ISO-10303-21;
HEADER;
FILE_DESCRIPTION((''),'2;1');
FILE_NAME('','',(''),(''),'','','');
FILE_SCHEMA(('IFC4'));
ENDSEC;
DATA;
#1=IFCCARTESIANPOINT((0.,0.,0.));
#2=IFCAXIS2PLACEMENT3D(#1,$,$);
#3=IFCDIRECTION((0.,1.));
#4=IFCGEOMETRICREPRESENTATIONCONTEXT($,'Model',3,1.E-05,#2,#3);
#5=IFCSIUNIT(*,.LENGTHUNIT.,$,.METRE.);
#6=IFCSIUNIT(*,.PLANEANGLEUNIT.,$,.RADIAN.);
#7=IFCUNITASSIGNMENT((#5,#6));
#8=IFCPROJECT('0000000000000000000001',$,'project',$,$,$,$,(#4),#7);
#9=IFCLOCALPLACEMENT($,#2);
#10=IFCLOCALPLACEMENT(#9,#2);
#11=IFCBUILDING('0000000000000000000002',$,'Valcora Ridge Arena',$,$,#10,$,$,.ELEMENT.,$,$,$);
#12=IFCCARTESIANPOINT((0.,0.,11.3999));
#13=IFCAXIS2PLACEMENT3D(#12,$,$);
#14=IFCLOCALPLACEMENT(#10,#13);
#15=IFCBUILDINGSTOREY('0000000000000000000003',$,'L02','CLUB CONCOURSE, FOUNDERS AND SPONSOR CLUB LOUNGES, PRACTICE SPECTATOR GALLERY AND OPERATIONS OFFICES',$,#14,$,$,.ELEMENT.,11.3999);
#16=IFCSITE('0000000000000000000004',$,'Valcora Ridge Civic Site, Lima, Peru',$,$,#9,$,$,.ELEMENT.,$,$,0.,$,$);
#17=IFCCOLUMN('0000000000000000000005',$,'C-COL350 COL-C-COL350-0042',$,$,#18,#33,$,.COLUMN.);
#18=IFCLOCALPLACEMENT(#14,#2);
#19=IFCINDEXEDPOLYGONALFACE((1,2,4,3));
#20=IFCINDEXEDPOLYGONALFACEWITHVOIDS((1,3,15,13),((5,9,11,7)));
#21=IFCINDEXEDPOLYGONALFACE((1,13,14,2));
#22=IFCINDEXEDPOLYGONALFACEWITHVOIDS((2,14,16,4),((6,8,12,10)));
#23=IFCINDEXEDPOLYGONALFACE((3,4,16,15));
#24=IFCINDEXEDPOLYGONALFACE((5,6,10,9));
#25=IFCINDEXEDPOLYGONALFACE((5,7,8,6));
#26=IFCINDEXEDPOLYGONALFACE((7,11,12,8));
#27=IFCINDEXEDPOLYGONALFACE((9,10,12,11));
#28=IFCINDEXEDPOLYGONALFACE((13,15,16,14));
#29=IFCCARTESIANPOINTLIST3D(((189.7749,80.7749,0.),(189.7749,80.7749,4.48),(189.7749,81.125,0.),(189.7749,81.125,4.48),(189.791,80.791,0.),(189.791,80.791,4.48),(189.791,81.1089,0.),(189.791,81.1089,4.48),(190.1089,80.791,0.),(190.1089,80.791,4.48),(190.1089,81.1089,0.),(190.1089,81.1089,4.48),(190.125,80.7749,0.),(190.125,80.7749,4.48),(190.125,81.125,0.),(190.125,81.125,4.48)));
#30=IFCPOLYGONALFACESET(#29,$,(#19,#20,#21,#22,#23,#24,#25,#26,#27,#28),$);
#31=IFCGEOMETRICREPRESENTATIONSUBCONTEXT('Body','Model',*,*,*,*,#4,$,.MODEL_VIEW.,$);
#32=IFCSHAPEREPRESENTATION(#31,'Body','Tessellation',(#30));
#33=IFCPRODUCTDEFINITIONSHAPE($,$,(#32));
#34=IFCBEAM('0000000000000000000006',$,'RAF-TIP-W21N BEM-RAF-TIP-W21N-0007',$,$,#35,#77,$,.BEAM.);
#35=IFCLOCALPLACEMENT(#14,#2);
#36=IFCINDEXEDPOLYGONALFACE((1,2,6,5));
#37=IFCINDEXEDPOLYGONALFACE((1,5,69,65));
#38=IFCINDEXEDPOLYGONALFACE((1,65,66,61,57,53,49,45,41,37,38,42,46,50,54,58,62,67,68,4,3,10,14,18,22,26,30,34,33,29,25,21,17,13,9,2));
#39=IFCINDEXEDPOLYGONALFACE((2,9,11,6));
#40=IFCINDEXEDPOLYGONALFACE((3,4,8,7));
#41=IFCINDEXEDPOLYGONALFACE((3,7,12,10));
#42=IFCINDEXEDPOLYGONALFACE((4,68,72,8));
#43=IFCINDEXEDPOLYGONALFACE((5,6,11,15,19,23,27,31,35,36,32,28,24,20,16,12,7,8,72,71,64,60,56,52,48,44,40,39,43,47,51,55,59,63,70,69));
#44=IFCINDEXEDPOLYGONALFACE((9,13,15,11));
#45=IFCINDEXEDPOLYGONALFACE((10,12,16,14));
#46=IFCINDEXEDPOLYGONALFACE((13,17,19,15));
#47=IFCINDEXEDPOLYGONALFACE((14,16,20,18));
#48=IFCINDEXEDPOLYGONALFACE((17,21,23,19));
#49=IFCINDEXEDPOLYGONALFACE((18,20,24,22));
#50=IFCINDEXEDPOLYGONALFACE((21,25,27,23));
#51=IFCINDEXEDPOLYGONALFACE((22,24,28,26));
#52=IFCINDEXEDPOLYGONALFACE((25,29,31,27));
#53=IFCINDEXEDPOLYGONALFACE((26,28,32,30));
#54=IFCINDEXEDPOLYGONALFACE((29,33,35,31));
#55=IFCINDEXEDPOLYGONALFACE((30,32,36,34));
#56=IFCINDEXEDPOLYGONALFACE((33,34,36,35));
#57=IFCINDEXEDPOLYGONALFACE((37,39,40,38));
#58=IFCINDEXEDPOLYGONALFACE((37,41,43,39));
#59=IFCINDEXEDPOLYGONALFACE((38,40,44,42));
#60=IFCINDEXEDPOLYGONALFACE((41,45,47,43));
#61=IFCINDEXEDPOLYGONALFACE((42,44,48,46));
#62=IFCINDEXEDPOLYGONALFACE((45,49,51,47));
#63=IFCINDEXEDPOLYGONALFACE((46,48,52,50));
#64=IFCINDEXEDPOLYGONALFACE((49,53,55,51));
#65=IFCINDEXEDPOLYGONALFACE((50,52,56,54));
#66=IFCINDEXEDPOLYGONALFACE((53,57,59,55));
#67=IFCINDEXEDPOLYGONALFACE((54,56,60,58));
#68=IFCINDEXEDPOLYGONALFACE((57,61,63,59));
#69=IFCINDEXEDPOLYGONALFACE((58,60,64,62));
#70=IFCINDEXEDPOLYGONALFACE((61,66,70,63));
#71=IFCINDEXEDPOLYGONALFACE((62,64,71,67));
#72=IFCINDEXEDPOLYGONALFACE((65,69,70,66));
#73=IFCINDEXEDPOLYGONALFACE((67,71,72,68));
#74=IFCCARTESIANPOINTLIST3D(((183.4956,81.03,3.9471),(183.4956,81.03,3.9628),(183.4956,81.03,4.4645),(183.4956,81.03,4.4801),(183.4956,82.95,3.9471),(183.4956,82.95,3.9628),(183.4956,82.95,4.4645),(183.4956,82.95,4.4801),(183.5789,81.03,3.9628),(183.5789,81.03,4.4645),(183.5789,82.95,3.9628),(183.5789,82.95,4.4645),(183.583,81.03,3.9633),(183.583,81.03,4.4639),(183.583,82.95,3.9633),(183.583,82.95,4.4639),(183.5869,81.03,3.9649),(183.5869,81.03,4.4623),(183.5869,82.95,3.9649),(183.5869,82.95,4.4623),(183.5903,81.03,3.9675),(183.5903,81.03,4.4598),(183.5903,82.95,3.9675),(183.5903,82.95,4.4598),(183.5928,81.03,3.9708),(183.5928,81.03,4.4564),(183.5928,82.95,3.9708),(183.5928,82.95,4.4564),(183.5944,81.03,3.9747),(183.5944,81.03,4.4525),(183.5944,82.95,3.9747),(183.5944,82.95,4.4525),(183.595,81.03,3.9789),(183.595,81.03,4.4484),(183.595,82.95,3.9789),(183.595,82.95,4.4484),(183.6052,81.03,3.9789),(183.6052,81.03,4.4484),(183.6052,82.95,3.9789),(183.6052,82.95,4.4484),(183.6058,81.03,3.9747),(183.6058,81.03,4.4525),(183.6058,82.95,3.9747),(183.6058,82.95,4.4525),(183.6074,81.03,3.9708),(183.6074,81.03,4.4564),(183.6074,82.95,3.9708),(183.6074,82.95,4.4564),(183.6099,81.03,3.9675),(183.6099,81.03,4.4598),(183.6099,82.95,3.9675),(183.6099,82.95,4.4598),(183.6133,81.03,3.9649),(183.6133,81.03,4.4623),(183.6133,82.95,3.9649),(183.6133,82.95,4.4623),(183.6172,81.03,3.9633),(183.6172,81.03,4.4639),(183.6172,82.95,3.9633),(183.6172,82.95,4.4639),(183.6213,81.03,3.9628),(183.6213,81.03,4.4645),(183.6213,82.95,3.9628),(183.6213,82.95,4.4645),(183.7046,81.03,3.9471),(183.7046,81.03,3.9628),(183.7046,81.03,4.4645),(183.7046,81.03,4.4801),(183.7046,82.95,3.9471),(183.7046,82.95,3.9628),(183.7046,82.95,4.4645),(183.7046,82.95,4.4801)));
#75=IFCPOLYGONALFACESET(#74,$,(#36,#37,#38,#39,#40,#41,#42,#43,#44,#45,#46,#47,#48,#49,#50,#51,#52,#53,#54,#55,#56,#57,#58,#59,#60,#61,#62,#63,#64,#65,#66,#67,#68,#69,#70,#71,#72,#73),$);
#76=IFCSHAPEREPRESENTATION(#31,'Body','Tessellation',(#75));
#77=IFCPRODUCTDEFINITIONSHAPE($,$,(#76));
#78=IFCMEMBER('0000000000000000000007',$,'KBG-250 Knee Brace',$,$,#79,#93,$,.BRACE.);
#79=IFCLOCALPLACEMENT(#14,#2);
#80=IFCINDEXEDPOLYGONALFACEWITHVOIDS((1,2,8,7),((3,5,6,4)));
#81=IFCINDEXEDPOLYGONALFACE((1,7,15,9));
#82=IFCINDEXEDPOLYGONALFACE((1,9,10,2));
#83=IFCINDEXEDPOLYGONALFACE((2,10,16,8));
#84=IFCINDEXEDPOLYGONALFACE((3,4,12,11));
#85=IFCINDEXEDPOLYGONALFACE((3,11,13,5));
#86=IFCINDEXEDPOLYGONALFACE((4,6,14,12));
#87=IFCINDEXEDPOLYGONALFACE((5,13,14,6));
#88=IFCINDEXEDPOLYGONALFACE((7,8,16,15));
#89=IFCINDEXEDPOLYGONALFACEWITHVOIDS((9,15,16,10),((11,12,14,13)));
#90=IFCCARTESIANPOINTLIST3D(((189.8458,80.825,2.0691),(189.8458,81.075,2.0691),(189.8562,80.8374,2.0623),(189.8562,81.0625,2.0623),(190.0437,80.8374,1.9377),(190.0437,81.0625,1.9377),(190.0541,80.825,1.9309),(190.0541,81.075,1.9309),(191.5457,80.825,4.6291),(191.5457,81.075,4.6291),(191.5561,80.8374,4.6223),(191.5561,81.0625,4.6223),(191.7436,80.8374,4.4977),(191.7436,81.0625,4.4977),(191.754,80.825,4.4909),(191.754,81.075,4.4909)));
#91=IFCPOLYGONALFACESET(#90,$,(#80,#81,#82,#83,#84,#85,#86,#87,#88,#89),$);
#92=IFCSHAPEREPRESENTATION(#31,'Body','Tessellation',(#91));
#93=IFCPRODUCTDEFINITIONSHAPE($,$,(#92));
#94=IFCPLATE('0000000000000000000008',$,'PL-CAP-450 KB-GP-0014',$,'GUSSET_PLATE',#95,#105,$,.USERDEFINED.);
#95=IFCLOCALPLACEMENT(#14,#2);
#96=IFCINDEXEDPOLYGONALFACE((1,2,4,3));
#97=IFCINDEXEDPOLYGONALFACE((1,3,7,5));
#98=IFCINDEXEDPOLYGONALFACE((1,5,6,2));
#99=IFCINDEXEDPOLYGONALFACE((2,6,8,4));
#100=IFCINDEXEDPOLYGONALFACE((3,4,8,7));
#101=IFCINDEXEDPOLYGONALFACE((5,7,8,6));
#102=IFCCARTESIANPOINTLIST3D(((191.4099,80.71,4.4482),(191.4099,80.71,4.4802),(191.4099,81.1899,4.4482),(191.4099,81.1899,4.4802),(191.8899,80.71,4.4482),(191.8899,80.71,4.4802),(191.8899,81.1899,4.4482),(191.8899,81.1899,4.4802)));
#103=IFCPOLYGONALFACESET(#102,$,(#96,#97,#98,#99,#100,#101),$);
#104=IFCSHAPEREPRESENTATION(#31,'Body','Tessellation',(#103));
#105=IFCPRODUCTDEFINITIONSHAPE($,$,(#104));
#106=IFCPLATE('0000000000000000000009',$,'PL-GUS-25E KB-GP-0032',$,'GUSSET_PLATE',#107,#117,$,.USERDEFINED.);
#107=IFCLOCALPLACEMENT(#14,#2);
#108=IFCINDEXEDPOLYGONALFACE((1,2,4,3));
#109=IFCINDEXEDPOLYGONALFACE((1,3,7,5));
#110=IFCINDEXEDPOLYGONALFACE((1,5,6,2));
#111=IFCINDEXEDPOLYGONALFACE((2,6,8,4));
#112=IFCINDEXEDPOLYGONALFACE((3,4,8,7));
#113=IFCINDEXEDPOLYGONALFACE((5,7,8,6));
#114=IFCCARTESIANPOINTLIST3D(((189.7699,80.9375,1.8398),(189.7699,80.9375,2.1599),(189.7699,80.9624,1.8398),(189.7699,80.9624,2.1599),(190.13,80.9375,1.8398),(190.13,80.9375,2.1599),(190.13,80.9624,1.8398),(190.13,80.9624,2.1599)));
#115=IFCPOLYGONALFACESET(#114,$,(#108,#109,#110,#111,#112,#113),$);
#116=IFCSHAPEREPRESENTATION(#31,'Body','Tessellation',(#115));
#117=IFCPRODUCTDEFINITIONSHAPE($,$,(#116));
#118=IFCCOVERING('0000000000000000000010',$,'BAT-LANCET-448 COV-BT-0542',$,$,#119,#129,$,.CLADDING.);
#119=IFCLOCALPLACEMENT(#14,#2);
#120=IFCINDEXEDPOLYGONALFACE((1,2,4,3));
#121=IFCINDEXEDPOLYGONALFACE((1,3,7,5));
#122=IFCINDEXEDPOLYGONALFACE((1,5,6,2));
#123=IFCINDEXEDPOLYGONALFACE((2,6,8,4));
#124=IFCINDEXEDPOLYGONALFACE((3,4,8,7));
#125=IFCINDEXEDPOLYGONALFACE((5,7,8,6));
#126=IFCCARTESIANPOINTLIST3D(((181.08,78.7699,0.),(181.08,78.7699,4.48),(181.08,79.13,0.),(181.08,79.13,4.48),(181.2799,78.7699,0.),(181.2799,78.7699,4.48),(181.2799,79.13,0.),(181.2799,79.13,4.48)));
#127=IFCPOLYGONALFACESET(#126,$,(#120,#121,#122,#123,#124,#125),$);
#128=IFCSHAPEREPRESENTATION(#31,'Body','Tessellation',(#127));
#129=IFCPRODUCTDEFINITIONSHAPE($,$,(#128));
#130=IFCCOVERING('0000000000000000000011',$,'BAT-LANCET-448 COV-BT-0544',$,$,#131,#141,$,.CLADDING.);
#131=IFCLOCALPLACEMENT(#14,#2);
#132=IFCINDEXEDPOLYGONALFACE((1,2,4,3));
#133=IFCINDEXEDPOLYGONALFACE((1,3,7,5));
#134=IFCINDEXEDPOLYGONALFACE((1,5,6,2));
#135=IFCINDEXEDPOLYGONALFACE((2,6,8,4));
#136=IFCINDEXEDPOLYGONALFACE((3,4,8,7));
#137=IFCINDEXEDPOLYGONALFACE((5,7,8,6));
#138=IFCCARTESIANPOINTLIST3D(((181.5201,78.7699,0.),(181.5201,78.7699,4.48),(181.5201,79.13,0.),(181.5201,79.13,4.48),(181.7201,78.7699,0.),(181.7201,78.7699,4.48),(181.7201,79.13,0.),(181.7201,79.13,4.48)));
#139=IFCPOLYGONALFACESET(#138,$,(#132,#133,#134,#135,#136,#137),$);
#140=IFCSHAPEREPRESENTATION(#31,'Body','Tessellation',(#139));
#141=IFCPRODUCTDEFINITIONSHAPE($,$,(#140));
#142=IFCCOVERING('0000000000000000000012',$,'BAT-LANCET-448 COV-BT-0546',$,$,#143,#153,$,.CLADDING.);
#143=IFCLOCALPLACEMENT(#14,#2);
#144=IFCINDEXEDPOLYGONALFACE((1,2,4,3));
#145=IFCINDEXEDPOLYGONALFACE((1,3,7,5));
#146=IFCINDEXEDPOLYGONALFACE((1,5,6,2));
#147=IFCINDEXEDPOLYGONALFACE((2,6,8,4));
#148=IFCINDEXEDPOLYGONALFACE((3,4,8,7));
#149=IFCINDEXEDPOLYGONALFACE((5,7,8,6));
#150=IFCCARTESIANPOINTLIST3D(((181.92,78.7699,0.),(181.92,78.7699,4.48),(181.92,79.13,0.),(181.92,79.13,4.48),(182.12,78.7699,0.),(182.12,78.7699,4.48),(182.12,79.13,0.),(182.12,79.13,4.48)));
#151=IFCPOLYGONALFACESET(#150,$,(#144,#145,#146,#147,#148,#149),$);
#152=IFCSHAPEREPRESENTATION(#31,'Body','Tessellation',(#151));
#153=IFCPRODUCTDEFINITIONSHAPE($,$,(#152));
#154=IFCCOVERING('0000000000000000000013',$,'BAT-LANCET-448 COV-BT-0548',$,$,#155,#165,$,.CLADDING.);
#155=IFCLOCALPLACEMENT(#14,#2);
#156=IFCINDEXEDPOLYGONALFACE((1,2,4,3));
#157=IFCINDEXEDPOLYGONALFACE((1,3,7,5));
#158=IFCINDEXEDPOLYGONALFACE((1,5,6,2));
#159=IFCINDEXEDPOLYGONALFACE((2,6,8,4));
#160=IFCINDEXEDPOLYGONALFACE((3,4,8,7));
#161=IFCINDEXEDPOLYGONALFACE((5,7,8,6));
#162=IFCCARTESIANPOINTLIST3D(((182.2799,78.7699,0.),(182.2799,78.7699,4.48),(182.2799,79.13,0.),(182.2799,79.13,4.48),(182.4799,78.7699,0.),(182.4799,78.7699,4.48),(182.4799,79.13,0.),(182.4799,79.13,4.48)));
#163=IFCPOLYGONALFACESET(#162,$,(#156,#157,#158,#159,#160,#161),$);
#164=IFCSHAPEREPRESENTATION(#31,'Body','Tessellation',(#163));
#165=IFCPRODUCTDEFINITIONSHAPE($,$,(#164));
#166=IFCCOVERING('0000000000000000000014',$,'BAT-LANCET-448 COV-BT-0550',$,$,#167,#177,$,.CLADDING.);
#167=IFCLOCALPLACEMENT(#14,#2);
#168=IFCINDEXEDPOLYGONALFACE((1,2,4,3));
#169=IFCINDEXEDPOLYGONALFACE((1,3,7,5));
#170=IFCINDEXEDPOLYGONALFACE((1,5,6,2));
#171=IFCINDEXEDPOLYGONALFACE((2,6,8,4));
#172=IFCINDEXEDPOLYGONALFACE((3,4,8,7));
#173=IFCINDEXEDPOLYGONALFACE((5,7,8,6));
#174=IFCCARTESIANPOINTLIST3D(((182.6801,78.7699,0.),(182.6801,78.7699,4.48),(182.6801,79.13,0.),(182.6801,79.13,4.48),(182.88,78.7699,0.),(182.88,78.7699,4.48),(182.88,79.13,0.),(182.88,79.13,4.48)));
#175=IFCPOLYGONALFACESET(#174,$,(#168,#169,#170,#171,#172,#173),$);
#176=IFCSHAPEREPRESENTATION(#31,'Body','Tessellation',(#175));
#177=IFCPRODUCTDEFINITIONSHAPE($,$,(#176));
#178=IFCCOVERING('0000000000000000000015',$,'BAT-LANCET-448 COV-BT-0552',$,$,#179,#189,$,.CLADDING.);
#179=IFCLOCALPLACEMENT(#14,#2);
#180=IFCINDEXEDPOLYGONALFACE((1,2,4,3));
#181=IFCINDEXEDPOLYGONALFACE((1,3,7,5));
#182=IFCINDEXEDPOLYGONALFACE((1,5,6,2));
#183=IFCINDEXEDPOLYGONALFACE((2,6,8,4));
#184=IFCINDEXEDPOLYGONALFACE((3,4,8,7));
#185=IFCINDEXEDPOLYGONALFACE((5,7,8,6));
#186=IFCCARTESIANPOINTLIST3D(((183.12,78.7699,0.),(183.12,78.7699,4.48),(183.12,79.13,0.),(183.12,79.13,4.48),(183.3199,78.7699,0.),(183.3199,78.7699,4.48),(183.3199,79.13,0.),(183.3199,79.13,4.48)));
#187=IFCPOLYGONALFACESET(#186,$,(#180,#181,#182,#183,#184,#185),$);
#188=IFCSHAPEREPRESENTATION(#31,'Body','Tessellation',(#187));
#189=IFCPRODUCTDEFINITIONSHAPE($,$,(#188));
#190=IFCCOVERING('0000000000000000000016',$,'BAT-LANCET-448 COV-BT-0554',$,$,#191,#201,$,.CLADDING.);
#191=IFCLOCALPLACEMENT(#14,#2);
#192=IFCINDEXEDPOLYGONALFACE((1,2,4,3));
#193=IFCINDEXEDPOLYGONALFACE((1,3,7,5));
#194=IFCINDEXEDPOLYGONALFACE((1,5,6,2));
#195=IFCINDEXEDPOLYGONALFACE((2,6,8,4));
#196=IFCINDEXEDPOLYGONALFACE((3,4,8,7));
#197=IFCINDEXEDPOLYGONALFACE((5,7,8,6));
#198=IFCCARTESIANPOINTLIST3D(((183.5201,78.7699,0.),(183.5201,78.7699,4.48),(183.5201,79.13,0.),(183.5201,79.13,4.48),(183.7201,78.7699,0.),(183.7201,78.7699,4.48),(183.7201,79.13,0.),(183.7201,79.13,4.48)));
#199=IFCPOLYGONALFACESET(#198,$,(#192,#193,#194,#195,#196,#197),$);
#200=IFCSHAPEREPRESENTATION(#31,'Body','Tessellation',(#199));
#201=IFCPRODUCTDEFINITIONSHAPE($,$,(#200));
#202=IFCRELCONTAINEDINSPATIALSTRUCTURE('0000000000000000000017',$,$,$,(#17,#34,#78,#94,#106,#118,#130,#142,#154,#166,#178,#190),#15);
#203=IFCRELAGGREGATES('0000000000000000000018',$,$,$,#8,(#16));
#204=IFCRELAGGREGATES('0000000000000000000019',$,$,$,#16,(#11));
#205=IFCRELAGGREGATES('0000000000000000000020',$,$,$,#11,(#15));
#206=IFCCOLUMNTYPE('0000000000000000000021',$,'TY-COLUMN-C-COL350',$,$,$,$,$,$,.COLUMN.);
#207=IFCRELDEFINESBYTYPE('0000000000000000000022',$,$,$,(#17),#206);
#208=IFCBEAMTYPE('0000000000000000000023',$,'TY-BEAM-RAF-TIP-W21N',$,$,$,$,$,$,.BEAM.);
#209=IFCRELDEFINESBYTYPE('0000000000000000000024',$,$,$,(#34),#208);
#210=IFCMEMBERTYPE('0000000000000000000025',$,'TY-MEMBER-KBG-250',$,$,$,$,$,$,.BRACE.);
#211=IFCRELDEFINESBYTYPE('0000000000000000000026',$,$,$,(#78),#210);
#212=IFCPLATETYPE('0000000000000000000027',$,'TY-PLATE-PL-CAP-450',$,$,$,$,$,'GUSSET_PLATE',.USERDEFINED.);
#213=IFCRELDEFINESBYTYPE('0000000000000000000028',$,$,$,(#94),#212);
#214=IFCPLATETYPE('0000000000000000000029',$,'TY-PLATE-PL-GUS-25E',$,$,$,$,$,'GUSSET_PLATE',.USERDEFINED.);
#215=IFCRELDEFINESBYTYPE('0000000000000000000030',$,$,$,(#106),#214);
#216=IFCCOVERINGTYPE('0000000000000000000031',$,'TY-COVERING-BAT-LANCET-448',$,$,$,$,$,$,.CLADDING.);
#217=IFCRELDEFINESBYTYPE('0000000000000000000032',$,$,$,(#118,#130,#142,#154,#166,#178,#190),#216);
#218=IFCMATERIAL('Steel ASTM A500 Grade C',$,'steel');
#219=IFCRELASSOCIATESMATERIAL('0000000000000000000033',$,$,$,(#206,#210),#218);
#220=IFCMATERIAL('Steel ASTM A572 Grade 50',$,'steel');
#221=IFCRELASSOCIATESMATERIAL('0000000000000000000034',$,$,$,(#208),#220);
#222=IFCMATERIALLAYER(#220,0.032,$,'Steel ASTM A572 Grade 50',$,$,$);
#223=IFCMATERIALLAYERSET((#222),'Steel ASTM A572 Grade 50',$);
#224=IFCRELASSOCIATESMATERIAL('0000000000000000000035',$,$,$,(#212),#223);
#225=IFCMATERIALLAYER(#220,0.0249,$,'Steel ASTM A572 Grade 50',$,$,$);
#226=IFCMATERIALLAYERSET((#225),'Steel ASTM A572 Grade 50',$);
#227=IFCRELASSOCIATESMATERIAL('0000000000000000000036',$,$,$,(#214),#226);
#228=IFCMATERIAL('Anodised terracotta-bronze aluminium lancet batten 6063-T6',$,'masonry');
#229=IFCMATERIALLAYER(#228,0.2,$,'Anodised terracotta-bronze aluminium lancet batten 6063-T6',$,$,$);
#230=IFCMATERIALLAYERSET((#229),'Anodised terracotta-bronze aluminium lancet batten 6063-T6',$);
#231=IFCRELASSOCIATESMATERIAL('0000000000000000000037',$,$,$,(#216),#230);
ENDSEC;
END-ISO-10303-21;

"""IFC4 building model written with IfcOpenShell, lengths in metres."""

from ifc_helpers import new_model, si_unit, direction, frame, origin, origin_2d, place, context, subcontext, project, spatial, rectangle, hollow_rectangle, i_section, extrude, material, layer, layer_set, material_profile, profile_set, type_object, element, save


model = new_model("IFC4")

# Units and contexts
model_context = context("Model", 3, precision=1e-05, world=origin(), true_north=direction((0.0, 1.0)))
body_context = subcontext(model_context, "Body", "Model", "MODEL_VIEW")
ifc_project = project(units=[si_unit("LENGTHUNIT", "METRE"), si_unit("PLANEANGLEUNIT", "RADIAN")], contexts=[model_context])

# Site, building, storey
site_placement = place(None, origin())
site = spatial("IfcSite", under=ifc_project, at=site_placement, Name="Valcora Ridge Civic Site, Lima, Peru", CompositionType="ELEMENT", RefElevation=0.0)
building_placement = place(site_placement, origin())
building = spatial("IfcBuilding", under=site, at=building_placement, Name="Valcora Ridge Arena", CompositionType="ELEMENT")
storey_placement = place(building_placement, frame((0.0, 0.0, 11.3999)))
storey = spatial("IfcBuildingStorey", under=building, at=storey_placement, Name="L02", Description="CLUB CONCOURSE, FOUNDERS AND SPONSOR CLUB LOUNGES, PRACTICE SPECTATOR GALLERY AND OPERATIONS OFFICES", CompositionType="ELEMENT", Elevation=11.3999)

# Column
ifc_material_1 = material(Name="Steel ASTM A500 Grade C", Category="steel")
ifc_material_profile_1 = material_profile(ifc_material_1, hollow_rectangle(XDim=0.3501, YDim=0.3501, WallThickness=0.0161, at=origin_2d()), Name="HSS350X350X16")
ifc_profile_set_1 = profile_set([ifc_material_profile_1], Name="Steel ASTM A500 Grade C")
column_type = type_object("IfcColumnType", Name="TY-COLUMN-C-COL350", PredefinedType="COLUMN", material=ifc_profile_set_1)
column_placement = place(storey_placement, frame((189.95, 80.95, 0.0), z_axis=(0.0, 0.0, 1.0), x_axis=(1.0, 0.0, 0.0)))
element("IfcColumn", 1, at=column_placement, inside=storey, type_object=column_type, Name="C-COL350 COL-C-COL350-0042", PredefinedType="COLUMN", context=body_context, shape_type="SweptSolid", body=[
    extrude(hollow_rectangle(XDim=0.3501, YDim=0.3501, WallThickness=0.0161, at=origin_2d()), origin(), (0.0, 0.0, 1.0), 4.48),
])

# Beam
ifc_material_2 = material(Name="Steel ASTM A572 Grade 50", Category="steel")
ifc_material_profile_2 = material_profile(ifc_material_2, i_section(OverallWidth=0.209, OverallDepth=0.533, WebThickness=0.0103, FlangeThickness=0.0156, FilletRadius=0.0161, at=origin_2d()), Name="W21X62")
ifc_profile_set_2 = profile_set([ifc_material_profile_2], Name="Steel ASTM A572 Grade 50")
beam_type = type_object("IfcBeamType", Name="TY-BEAM-RAF-TIP-W21N", PredefinedType="BEAM", material=ifc_profile_set_2)
beam_placement = place(storey_placement, frame((183.6001, 81.03, 4.2136), z_axis=(0.0, 1.0, 0.0), x_axis=(-1.0, 0.0, 0.0)))
element("IfcBeam", 2, at=beam_placement, inside=storey, type_object=beam_type, Name="RAF-TIP-W21N BEM-RAF-TIP-W21N-0007", PredefinedType="BEAM", context=body_context, shape_type="SweptSolid", body=[
    extrude(i_section(OverallWidth=0.209, OverallDepth=0.533, WebThickness=0.0103, FlangeThickness=0.0156, FilletRadius=0.0161, at=origin_2d()), origin(), (0.0, 0.0, 1.0), 1.9199),
])

# Member
ifc_material_profile_3 = material_profile(ifc_material_1, hollow_rectangle(XDim=0.25, YDim=0.25, WallThickness=0.0125, at=origin_2d()), Name="HSS250X250X12")
ifc_profile_set_3 = profile_set([ifc_material_profile_3], Name="Steel ASTM A500 Grade C")
member_type = type_object("IfcMemberType", Name="TY-MEMBER-KBG-250", PredefinedType="BRACE", material=ifc_profile_set_3)
member_placement = place(storey_placement, frame((189.95, 80.95, 2.0), z_axis=(0.553178, 0.0, 0.833063), x_axis=(0.0, 1.0, 0.0)))
element("IfcMember", 3, at=member_placement, inside=storey, type_object=member_type, Name="KBG-250 Knee Brace", PredefinedType="BRACE", context=body_context, shape_type="SweptSolid", body=[
    extrude(hollow_rectangle(XDim=0.25, YDim=0.25, WallThickness=0.0125, at=origin_2d()), origin(), (0.0, 0.0, 1.0), 3.073),
])

# Plates
ifc_layer_1 = layer(ifc_material_2, 0.032, Name="Steel ASTM A572 Grade 50")
ifc_layer_set_1 = layer_set([ifc_layer_1], Name="Steel ASTM A572 Grade 50")
plate_type_1 = type_object("IfcPlateType", Name="TY-PLATE-PL-CAP-450", ElementType="GUSSET_PLATE", PredefinedType="USERDEFINED", material=ifc_layer_set_1)
plate_1_placement = place(storey_placement, frame((191.6499, 80.95, 4.4482), z_axis=(0.0, 0.0, 1.0), x_axis=(1.0, 0.0, 0.0)))
element("IfcPlate", 4, at=plate_1_placement, inside=storey, type_object=plate_type_1, Name="PL-CAP-450 KB-GP-0014", ObjectType="GUSSET_PLATE", PredefinedType="USERDEFINED", context=body_context, shape_type="SweptSolid", body=[
    extrude(rectangle(XDim=0.48, YDim=0.48, at=origin_2d()), origin(), (0.0, 0.0, 1.0), 0.032),
])
ifc_layer_2 = layer(ifc_material_2, 0.0249, Name="Steel ASTM A572 Grade 50")
ifc_layer_set_2 = layer_set([ifc_layer_2], Name="Steel ASTM A572 Grade 50")
plate_type_2 = type_object("IfcPlateType", Name="TY-PLATE-PL-GUS-25E", ElementType="GUSSET_PLATE", PredefinedType="USERDEFINED", material=ifc_layer_set_2)
plate_2_placement = place(storey_placement, frame((189.95, 80.95, 1.8398), z_axis=(0.0, 0.0, 1.0), x_axis=(1.0, 0.0, 0.0)))
element("IfcPlate", 5, at=plate_2_placement, inside=storey, type_object=plate_type_2, Name="PL-GUS-25E KB-GP-0032", ObjectType="GUSSET_PLATE", PredefinedType="USERDEFINED", context=body_context, shape_type="SweptSolid", body=[
    extrude(rectangle(XDim=0.3601, YDim=0.0249, at=origin_2d()), origin(), (0.0, 0.0, 1.0), 0.3201),
])

# Coverings
ifc_material_3 = material(Name="Anodised terracotta-bronze aluminium lancet batten 6063-T6", Category="masonry")
ifc_layer_3 = layer(ifc_material_3, 0.2, Name="Anodised terracotta-bronze aluminium lancet batten 6063-T6")
ifc_layer_set_3 = layer_set([ifc_layer_3], Name="Anodised terracotta-bronze aluminium lancet batten 6063-T6")
covering_type = type_object("IfcCoveringType", Name="TY-COVERING-BAT-LANCET-448", PredefinedType="CLADDING", material=ifc_layer_set_3)
for number, where, z_axis, x_axis, name in (
    (6, (181.1799, 78.95, 0.0), (0.0, 0.0, 1.0), (1.0, 0.0, 0.0), "BAT-LANCET-448 COV-BT-0542"),
    (7, (181.6201, 78.95, 0.0), (0.0, 0.0, 1.0), (1.0, 0.0, 0.0), "BAT-LANCET-448 COV-BT-0544"),
    (8, (182.02, 78.95, 0.0), (0.0, 0.0, 1.0), (1.0, 0.0, 0.0), "BAT-LANCET-448 COV-BT-0546"),
    (9, (182.3799, 78.95, 0.0), (0.0, 0.0, 1.0), (1.0, 0.0, 0.0), "BAT-LANCET-448 COV-BT-0548"),
    (10, (182.78, 78.95, 0.0), (0.0, 0.0, 1.0), (1.0, 0.0, 0.0), "BAT-LANCET-448 COV-BT-0550"),
    (11, (183.22, 78.95, 0.0), (0.0, 0.0, 1.0), (1.0, 0.0, 0.0), "BAT-LANCET-448 COV-BT-0552"),
    (12, (183.6201, 78.95, 0.0), (0.0, 0.0, 1.0), (1.0, 0.0, 0.0), "BAT-LANCET-448 COV-BT-0554"),
):
    element("IfcCovering", number, at=place(storey_placement, frame(where, z_axis=z_axis, x_axis=x_axis)), inside=storey, type_object=covering_type, Name=name, PredefinedType="CLADDING", context=body_context, shape_type="SweptSolid", body=[
        extrude(rectangle(XDim=0.2, YDim=0.3601, at=origin_2d()), origin(), (0.0, 0.0, 1.0), 4.48),
    ])

save(model, "model.ifc")
